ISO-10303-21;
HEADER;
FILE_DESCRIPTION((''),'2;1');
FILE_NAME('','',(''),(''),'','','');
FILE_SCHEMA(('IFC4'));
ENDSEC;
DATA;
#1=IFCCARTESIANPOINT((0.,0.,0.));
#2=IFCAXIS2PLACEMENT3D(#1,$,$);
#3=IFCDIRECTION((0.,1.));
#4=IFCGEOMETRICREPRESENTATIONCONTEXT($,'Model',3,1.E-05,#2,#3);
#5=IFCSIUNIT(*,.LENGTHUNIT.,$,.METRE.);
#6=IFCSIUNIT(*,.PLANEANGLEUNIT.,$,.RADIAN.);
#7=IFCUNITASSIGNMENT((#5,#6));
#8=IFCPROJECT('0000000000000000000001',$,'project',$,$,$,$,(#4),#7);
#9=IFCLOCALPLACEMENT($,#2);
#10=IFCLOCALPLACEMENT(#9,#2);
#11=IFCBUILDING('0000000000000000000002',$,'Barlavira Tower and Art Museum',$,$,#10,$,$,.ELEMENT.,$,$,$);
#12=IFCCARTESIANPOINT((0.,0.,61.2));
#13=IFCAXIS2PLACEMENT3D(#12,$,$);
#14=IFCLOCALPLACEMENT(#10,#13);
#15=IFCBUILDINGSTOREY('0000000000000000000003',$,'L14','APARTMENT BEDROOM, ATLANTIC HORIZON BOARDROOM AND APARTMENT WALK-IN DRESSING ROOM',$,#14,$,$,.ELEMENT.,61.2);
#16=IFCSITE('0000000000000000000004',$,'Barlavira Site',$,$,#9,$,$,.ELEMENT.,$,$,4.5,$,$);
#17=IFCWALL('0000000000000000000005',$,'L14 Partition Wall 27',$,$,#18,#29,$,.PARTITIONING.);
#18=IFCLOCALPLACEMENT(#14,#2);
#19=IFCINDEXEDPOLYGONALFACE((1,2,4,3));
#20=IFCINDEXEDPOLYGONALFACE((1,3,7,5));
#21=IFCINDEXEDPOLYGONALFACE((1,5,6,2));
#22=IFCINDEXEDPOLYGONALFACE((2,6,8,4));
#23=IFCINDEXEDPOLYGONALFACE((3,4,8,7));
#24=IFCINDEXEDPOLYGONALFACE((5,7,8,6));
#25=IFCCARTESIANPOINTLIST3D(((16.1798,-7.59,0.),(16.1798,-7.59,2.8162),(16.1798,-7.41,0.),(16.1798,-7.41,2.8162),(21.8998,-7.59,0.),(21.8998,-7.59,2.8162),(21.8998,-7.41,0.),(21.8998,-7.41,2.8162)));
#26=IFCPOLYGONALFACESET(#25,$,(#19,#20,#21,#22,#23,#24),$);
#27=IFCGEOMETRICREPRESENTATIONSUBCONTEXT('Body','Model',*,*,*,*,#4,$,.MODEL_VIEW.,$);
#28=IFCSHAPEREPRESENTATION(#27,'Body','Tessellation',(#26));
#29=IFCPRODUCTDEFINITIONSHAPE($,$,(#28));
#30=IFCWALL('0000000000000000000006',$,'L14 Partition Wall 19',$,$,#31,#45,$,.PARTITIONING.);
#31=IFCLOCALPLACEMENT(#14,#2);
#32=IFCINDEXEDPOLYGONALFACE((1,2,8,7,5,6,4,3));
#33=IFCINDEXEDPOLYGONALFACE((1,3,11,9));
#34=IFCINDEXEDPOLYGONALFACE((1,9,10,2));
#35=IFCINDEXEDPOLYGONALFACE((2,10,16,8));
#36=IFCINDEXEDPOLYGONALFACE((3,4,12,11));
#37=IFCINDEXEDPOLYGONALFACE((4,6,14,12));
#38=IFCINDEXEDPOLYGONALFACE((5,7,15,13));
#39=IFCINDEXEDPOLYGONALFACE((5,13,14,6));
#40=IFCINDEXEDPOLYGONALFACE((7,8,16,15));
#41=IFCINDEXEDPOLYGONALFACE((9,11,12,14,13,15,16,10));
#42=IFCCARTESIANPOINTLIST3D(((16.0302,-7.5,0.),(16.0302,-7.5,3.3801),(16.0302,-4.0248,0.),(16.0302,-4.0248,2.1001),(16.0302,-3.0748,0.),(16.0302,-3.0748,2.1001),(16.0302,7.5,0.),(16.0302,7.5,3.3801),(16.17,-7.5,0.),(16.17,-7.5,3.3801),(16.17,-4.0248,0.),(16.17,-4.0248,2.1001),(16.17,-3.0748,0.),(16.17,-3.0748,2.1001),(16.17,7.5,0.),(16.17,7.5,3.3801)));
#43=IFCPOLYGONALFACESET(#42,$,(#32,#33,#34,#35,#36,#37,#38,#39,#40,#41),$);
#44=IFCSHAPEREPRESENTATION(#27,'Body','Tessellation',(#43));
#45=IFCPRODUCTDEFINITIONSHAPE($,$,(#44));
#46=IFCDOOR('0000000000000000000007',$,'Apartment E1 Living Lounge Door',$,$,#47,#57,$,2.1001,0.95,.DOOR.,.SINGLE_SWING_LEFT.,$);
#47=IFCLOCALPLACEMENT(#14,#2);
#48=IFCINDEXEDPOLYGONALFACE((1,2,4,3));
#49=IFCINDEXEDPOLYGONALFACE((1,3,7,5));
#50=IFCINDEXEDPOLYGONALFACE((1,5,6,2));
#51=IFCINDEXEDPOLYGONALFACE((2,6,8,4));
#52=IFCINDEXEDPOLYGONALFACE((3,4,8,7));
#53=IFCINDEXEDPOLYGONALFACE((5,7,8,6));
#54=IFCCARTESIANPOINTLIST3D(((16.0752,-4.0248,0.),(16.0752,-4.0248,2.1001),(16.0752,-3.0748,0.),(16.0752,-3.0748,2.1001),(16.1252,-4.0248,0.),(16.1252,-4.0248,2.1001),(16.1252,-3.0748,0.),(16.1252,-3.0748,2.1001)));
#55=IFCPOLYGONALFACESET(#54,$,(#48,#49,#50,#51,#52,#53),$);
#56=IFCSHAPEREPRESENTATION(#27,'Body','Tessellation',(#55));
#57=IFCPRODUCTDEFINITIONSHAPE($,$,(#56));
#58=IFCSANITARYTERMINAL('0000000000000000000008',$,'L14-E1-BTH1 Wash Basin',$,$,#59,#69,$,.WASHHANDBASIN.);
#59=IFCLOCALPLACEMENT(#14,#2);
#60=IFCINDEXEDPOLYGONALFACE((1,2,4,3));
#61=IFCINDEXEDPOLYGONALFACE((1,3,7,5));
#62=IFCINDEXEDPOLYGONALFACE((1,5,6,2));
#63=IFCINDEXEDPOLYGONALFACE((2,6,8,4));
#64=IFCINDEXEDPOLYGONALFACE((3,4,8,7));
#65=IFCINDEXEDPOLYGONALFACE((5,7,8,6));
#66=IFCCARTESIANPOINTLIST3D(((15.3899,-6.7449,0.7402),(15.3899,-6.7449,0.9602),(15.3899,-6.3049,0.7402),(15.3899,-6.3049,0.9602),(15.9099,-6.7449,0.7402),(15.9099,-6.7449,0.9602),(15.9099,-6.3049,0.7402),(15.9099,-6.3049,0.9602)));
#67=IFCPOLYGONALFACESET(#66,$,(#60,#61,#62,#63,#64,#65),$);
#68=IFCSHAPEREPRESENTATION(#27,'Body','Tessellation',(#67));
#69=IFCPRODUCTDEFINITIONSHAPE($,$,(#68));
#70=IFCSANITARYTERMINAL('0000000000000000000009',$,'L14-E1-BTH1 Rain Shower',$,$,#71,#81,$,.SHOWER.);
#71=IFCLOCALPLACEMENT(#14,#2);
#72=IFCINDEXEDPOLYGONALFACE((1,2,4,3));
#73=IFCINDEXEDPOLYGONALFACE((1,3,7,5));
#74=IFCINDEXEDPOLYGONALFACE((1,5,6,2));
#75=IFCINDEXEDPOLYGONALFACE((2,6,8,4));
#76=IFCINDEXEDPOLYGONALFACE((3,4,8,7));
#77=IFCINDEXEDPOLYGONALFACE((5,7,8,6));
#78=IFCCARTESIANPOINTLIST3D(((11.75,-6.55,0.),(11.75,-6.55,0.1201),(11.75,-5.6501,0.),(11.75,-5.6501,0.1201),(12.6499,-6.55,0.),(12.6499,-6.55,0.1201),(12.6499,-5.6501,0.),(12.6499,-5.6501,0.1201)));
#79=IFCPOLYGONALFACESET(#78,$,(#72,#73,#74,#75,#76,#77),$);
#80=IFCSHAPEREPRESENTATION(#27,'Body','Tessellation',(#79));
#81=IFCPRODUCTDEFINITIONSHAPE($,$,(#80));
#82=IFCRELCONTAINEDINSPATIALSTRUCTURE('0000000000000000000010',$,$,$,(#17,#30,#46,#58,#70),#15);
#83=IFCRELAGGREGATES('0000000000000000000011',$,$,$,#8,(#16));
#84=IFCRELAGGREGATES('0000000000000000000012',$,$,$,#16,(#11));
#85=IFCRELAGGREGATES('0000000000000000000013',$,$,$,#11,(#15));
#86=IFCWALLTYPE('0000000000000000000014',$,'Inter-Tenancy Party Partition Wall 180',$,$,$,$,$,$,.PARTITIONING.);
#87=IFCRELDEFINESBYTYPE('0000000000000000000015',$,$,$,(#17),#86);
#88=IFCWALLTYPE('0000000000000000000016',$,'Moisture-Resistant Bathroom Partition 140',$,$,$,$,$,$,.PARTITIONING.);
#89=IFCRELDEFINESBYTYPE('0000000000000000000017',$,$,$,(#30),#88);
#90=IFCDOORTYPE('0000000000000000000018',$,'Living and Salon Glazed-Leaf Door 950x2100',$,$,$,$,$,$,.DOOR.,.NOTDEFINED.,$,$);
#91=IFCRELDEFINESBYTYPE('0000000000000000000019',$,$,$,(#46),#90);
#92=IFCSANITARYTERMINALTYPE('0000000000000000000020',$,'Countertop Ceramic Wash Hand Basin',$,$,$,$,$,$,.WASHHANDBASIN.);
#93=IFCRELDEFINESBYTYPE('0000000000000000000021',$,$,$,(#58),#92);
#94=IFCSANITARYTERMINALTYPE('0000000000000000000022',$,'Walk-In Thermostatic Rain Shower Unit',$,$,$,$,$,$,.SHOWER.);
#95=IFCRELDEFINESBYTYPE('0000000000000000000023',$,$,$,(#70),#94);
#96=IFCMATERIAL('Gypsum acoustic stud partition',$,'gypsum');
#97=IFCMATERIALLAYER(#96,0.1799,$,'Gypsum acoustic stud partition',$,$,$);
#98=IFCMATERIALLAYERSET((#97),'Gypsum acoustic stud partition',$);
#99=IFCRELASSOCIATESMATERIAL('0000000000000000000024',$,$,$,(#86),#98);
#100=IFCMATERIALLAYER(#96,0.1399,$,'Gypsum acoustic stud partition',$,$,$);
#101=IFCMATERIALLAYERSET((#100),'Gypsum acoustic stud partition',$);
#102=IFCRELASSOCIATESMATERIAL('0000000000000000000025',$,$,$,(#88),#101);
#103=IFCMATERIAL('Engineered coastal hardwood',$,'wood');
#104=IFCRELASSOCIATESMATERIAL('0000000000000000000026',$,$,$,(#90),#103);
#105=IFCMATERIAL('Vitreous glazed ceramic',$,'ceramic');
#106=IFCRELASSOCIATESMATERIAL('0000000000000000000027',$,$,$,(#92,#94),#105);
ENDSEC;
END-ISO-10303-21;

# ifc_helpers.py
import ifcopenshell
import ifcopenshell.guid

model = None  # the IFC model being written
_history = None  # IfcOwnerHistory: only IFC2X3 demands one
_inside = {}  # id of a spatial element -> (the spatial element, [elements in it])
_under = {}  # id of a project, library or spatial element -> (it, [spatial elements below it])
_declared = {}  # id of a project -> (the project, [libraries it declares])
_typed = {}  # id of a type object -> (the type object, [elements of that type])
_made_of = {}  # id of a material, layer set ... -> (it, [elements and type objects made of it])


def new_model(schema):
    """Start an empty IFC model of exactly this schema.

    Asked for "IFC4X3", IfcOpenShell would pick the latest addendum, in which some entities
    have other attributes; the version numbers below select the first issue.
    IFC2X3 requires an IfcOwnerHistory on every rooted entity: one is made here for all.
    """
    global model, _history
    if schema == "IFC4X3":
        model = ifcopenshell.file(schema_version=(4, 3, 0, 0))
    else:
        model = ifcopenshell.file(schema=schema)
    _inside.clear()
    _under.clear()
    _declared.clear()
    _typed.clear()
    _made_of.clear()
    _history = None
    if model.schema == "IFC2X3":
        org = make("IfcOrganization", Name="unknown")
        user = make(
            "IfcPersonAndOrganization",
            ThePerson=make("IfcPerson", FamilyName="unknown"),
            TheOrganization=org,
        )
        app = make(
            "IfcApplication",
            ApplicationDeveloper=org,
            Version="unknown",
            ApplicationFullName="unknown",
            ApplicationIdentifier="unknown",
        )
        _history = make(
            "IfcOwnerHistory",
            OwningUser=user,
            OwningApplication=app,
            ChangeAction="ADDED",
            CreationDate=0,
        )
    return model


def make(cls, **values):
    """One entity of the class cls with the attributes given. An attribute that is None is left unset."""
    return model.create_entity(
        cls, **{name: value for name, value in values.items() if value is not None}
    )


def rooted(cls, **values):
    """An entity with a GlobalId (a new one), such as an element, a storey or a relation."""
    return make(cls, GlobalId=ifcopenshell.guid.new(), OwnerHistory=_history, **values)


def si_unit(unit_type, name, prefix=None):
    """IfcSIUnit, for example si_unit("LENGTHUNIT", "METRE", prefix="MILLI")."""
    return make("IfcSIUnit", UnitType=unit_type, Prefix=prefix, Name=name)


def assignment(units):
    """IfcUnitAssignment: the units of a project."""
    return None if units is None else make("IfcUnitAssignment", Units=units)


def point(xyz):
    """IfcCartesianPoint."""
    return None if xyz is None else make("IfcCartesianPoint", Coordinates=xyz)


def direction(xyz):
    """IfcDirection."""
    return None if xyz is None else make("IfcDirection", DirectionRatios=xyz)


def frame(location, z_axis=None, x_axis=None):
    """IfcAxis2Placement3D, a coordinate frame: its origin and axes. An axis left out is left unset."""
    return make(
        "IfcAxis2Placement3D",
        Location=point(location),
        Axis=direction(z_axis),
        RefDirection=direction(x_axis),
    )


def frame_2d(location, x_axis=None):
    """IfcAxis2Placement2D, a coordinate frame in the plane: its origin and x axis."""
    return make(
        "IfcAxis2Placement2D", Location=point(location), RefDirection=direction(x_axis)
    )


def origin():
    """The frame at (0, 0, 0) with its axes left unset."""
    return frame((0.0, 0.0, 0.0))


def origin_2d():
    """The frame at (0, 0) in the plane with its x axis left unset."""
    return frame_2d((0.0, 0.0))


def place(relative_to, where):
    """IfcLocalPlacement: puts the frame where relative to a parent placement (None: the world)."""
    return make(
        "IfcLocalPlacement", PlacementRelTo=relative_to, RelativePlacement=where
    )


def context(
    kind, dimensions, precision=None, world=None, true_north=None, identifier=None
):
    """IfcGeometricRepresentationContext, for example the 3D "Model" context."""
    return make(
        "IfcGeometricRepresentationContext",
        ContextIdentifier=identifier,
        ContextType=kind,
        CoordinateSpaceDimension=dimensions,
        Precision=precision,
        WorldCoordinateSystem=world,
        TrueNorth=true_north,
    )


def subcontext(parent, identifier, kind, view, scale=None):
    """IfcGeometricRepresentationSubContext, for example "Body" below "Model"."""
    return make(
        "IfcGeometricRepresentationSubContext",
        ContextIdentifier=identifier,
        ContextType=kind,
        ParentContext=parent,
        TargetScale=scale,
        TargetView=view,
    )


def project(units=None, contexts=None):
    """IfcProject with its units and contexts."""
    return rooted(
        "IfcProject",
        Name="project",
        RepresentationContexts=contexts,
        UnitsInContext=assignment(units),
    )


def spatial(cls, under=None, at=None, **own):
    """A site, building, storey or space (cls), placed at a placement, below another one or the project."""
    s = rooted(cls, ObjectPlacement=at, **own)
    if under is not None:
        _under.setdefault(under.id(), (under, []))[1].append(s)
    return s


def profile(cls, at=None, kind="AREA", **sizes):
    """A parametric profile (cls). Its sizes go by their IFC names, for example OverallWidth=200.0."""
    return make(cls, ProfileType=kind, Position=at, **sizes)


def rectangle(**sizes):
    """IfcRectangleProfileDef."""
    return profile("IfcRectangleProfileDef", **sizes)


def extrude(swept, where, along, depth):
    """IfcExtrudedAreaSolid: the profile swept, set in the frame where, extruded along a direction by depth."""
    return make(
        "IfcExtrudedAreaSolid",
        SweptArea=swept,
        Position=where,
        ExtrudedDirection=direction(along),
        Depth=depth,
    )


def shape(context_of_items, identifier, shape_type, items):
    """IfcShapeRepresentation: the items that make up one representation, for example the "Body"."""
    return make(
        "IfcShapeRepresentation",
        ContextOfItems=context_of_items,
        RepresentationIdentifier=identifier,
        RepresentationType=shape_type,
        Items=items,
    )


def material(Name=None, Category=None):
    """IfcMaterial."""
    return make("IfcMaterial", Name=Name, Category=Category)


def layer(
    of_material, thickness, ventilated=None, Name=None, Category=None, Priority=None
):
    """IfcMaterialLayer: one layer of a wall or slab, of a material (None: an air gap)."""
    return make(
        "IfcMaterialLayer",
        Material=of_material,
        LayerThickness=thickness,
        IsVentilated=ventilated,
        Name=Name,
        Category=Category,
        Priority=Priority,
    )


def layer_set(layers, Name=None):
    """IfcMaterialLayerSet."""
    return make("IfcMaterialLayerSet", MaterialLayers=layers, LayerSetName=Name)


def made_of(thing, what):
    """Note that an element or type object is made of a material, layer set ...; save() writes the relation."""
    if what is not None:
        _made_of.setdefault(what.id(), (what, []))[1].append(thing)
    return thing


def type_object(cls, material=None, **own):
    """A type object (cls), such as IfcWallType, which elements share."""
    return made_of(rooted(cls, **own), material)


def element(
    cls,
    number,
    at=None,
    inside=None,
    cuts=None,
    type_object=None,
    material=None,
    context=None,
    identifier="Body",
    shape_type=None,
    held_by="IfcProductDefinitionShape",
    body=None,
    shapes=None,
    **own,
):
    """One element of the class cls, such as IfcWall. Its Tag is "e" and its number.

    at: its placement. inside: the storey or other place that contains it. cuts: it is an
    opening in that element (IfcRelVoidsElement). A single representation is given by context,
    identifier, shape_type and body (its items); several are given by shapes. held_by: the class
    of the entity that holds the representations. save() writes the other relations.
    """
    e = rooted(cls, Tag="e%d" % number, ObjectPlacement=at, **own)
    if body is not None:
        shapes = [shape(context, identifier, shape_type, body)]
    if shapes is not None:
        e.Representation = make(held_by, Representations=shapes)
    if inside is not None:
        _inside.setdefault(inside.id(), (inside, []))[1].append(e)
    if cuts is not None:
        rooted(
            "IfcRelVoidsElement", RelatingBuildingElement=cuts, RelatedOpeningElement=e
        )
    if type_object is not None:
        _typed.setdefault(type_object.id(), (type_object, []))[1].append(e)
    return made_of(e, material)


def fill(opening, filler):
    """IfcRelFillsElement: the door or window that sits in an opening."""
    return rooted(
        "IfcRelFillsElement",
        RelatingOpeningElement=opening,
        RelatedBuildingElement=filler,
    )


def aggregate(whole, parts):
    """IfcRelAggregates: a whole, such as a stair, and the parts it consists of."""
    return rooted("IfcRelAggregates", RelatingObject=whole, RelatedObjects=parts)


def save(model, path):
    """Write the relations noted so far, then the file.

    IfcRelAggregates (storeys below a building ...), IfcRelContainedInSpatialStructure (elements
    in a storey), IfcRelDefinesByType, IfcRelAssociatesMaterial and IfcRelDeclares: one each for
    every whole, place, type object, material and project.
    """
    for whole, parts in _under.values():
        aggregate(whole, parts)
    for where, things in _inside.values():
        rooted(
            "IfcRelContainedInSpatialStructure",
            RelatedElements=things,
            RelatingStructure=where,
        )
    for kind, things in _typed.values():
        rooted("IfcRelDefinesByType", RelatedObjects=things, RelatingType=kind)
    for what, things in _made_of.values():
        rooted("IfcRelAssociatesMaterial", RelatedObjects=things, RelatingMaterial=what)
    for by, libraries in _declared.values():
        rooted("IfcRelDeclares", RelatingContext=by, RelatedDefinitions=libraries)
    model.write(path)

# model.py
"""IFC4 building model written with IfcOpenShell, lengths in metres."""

from ifc_helpers import new_model, si_unit, direction, frame, frame_2d, origin, origin_2d, place, context, subcontext, project, spatial, rectangle, extrude, material, layer, layer_set, type_object, element, fill, save


model = new_model("IFC4")

# Units and contexts
model_context = context("Model", 3, precision=1e-05, world=origin(), true_north=direction((0.0, 1.0)))
body_context = subcontext(model_context, "Body", "Model", "MODEL_VIEW")
ifc_project = project(units=[si_unit("LENGTHUNIT", "METRE"), si_unit("PLANEANGLEUNIT", "RADIAN")], contexts=[model_context])

# Site, building, storey
site_placement = place(None, origin())
site = spatial("IfcSite", under=ifc_project, at=site_placement, Name="Barlavira Site", CompositionType="ELEMENT", RefElevation=4.5)
building_placement = place(site_placement, origin())
building = spatial("IfcBuilding", under=site, at=building_placement, Name="Barlavira Tower and Art Museum", CompositionType="ELEMENT")
storey_placement = place(building_placement, frame((0.0, 0.0, 61.2)))
storey = spatial("IfcBuildingStorey", under=building, at=storey_placement, Name="L14", Description="APARTMENT BEDROOM, ATLANTIC HORIZON BOARDROOM AND APARTMENT WALK-IN DRESSING ROOM", CompositionType="ELEMENT", Elevation=61.2)

# Shared definitions
ifc_material_1 = material(Name="Gypsum acoustic stud partition", Category="gypsum")
ifc_material_2 = material(Name="Engineered coastal hardwood", Category="wood")

# Wall
ifc_layer_1 = layer(ifc_material_1, 0.1799, Name="Gypsum acoustic stud partition")
ifc_layer_set_1 = layer_set([ifc_layer_1], Name="Gypsum acoustic stud partition")
wall_type_1 = type_object("IfcWallType", Name="Inter-Tenancy Party Partition Wall 180", PredefinedType="PARTITIONING", material=ifc_layer_set_1)
wall_1_placement = place(storey_placement, frame((16.1799, -7.5, 0.0), z_axis=(0.0, 0.0, 1.0), x_axis=(1.0, 0.0, 0.0)))
element("IfcWall", 1, at=wall_1_placement, inside=storey, type_object=wall_type_1, Name="L14 Partition Wall 27", PredefinedType="PARTITIONING", context=body_context, shape_type="SweptSolid", body=[
    extrude(rectangle(XDim=5.72, YDim=0.1799, at=frame_2d((2.8599, 0.0))), origin(), (0.0, 0.0, 1.0), 2.8162),
])

# Wall, opening, door
ifc_layer_2 = layer(ifc_material_1, 0.1399, Name="Gypsum acoustic stud partition")
ifc_layer_set_2 = layer_set([ifc_layer_2], Name="Gypsum acoustic stud partition")
wall_type_2 = type_object("IfcWallType", Name="Moisture-Resistant Bathroom Partition 140", PredefinedType="PARTITIONING", material=ifc_layer_set_2)
wall_2_placement = place(storey_placement, frame((16.1001, -7.5, 0.0), z_axis=(0.0, 0.0, 1.0), x_axis=(0.0, 1.0, 0.0)))
wall_2 = element("IfcWall", 2, at=wall_2_placement, inside=storey, type_object=wall_type_2, Name="L14 Partition Wall 19", PredefinedType="PARTITIONING", context=body_context, shape_type="SweptSolid", body=[
    extrude(rectangle(XDim=15.0, YDim=0.1399, at=frame_2d((7.5, 0.0))), origin(), (0.0, 0.0, 1.0), 3.3801),
])
opening_1_placement = place(wall_2_placement, frame((3.4751, 0.0, 0.0)))
opening_1 = element("IfcOpeningElement", 3, at=opening_1_placement, cuts=wall_2, PredefinedType="OPENING", context=body_context, shape_type="SweptSolid", body=[
    extrude(rectangle(XDim=0.95, YDim=2.1001, at=frame_2d((0.4751, 1.05))), frame((0.0, 0.0801, 0.0), z_axis=(0.0, -1.0, 0.0), x_axis=(1.0, 0.0, 0.0)), (0.0, 0.0, 1.0), 0.1599),
])
door_type_1 = type_object("IfcDoorType", Name="Living and Salon Glazed-Leaf Door 950x2100", OperationType="NOTDEFINED", PredefinedType="DOOR", material=ifc_material_2)
door_1_placement = place(opening_1_placement, origin())
door_1 = element("IfcDoor", 4, at=door_1_placement, inside=storey, type_object=door_type_1, Name="Apartment E1 Living Lounge Door", OperationType="SINGLE_SWING_LEFT", OverallHeight=2.1001, OverallWidth=0.95, PredefinedType="DOOR", context=body_context, shape_type="SweptSolid", body=[
    extrude(rectangle(XDim=0.95, YDim=2.1001, at=frame_2d((0.4751, 1.05))), frame((0.0, 0.0249, 0.0), z_axis=(0.0, -1.0, 0.0), x_axis=(1.0, 0.0, 0.0)), (0.0, 0.0, 1.0), 0.05),
])
fill(opening_1, door_1)

# Sanitary terminals
ifc_material_3 = material(Name="Vitreous glazed ceramic", Category="ceramic")
sanitary_terminal_type_1 = type_object("IfcSanitaryTerminalType", Name="Countertop Ceramic Wash Hand Basin", PredefinedType="WASHHANDBASIN", material=ifc_material_3)
sanitary_terminal_1_placement = place(storey_placement, frame((15.6499, -6.5249, 0.7402), z_axis=(0.0, 0.0, 1.0), x_axis=(1.0, 0.0, 0.0)))
element("IfcSanitaryTerminal", 5, at=sanitary_terminal_1_placement, inside=storey, type_object=sanitary_terminal_type_1, Name="L14-E1-BTH1 Wash Basin", PredefinedType="WASHHANDBASIN", context=body_context, shape_type="SweptSolid", body=[
    extrude(rectangle(XDim=0.52, YDim=0.4399, at=origin_2d()), origin(), (0.0, 0.0, 1.0), 0.22),
])
sanitary_terminal_type_2 = type_object("IfcSanitaryTerminalType", Name="Walk-In Thermostatic Rain Shower Unit", PredefinedType="SHOWER", material=ifc_material_3)
sanitary_terminal_2_placement = place(storey_placement, frame((12.2, -6.1001, 0.0), z_axis=(0.0, 0.0, 1.0), x_axis=(1.0, 0.0, 0.0)))
element("IfcSanitaryTerminal", 6, at=sanitary_terminal_2_placement, inside=storey, type_object=sanitary_terminal_type_2, Name="L14-E1-BTH1 Rain Shower", PredefinedType="SHOWER", context=body_context, shape_type="SweptSolid", body=[
    extrude(rectangle(XDim=0.8999, YDim=0.8999, at=origin_2d()), origin(), (0.0, 0.0, 1.0), 0.1201),
])

save(model, "model.ifc")
